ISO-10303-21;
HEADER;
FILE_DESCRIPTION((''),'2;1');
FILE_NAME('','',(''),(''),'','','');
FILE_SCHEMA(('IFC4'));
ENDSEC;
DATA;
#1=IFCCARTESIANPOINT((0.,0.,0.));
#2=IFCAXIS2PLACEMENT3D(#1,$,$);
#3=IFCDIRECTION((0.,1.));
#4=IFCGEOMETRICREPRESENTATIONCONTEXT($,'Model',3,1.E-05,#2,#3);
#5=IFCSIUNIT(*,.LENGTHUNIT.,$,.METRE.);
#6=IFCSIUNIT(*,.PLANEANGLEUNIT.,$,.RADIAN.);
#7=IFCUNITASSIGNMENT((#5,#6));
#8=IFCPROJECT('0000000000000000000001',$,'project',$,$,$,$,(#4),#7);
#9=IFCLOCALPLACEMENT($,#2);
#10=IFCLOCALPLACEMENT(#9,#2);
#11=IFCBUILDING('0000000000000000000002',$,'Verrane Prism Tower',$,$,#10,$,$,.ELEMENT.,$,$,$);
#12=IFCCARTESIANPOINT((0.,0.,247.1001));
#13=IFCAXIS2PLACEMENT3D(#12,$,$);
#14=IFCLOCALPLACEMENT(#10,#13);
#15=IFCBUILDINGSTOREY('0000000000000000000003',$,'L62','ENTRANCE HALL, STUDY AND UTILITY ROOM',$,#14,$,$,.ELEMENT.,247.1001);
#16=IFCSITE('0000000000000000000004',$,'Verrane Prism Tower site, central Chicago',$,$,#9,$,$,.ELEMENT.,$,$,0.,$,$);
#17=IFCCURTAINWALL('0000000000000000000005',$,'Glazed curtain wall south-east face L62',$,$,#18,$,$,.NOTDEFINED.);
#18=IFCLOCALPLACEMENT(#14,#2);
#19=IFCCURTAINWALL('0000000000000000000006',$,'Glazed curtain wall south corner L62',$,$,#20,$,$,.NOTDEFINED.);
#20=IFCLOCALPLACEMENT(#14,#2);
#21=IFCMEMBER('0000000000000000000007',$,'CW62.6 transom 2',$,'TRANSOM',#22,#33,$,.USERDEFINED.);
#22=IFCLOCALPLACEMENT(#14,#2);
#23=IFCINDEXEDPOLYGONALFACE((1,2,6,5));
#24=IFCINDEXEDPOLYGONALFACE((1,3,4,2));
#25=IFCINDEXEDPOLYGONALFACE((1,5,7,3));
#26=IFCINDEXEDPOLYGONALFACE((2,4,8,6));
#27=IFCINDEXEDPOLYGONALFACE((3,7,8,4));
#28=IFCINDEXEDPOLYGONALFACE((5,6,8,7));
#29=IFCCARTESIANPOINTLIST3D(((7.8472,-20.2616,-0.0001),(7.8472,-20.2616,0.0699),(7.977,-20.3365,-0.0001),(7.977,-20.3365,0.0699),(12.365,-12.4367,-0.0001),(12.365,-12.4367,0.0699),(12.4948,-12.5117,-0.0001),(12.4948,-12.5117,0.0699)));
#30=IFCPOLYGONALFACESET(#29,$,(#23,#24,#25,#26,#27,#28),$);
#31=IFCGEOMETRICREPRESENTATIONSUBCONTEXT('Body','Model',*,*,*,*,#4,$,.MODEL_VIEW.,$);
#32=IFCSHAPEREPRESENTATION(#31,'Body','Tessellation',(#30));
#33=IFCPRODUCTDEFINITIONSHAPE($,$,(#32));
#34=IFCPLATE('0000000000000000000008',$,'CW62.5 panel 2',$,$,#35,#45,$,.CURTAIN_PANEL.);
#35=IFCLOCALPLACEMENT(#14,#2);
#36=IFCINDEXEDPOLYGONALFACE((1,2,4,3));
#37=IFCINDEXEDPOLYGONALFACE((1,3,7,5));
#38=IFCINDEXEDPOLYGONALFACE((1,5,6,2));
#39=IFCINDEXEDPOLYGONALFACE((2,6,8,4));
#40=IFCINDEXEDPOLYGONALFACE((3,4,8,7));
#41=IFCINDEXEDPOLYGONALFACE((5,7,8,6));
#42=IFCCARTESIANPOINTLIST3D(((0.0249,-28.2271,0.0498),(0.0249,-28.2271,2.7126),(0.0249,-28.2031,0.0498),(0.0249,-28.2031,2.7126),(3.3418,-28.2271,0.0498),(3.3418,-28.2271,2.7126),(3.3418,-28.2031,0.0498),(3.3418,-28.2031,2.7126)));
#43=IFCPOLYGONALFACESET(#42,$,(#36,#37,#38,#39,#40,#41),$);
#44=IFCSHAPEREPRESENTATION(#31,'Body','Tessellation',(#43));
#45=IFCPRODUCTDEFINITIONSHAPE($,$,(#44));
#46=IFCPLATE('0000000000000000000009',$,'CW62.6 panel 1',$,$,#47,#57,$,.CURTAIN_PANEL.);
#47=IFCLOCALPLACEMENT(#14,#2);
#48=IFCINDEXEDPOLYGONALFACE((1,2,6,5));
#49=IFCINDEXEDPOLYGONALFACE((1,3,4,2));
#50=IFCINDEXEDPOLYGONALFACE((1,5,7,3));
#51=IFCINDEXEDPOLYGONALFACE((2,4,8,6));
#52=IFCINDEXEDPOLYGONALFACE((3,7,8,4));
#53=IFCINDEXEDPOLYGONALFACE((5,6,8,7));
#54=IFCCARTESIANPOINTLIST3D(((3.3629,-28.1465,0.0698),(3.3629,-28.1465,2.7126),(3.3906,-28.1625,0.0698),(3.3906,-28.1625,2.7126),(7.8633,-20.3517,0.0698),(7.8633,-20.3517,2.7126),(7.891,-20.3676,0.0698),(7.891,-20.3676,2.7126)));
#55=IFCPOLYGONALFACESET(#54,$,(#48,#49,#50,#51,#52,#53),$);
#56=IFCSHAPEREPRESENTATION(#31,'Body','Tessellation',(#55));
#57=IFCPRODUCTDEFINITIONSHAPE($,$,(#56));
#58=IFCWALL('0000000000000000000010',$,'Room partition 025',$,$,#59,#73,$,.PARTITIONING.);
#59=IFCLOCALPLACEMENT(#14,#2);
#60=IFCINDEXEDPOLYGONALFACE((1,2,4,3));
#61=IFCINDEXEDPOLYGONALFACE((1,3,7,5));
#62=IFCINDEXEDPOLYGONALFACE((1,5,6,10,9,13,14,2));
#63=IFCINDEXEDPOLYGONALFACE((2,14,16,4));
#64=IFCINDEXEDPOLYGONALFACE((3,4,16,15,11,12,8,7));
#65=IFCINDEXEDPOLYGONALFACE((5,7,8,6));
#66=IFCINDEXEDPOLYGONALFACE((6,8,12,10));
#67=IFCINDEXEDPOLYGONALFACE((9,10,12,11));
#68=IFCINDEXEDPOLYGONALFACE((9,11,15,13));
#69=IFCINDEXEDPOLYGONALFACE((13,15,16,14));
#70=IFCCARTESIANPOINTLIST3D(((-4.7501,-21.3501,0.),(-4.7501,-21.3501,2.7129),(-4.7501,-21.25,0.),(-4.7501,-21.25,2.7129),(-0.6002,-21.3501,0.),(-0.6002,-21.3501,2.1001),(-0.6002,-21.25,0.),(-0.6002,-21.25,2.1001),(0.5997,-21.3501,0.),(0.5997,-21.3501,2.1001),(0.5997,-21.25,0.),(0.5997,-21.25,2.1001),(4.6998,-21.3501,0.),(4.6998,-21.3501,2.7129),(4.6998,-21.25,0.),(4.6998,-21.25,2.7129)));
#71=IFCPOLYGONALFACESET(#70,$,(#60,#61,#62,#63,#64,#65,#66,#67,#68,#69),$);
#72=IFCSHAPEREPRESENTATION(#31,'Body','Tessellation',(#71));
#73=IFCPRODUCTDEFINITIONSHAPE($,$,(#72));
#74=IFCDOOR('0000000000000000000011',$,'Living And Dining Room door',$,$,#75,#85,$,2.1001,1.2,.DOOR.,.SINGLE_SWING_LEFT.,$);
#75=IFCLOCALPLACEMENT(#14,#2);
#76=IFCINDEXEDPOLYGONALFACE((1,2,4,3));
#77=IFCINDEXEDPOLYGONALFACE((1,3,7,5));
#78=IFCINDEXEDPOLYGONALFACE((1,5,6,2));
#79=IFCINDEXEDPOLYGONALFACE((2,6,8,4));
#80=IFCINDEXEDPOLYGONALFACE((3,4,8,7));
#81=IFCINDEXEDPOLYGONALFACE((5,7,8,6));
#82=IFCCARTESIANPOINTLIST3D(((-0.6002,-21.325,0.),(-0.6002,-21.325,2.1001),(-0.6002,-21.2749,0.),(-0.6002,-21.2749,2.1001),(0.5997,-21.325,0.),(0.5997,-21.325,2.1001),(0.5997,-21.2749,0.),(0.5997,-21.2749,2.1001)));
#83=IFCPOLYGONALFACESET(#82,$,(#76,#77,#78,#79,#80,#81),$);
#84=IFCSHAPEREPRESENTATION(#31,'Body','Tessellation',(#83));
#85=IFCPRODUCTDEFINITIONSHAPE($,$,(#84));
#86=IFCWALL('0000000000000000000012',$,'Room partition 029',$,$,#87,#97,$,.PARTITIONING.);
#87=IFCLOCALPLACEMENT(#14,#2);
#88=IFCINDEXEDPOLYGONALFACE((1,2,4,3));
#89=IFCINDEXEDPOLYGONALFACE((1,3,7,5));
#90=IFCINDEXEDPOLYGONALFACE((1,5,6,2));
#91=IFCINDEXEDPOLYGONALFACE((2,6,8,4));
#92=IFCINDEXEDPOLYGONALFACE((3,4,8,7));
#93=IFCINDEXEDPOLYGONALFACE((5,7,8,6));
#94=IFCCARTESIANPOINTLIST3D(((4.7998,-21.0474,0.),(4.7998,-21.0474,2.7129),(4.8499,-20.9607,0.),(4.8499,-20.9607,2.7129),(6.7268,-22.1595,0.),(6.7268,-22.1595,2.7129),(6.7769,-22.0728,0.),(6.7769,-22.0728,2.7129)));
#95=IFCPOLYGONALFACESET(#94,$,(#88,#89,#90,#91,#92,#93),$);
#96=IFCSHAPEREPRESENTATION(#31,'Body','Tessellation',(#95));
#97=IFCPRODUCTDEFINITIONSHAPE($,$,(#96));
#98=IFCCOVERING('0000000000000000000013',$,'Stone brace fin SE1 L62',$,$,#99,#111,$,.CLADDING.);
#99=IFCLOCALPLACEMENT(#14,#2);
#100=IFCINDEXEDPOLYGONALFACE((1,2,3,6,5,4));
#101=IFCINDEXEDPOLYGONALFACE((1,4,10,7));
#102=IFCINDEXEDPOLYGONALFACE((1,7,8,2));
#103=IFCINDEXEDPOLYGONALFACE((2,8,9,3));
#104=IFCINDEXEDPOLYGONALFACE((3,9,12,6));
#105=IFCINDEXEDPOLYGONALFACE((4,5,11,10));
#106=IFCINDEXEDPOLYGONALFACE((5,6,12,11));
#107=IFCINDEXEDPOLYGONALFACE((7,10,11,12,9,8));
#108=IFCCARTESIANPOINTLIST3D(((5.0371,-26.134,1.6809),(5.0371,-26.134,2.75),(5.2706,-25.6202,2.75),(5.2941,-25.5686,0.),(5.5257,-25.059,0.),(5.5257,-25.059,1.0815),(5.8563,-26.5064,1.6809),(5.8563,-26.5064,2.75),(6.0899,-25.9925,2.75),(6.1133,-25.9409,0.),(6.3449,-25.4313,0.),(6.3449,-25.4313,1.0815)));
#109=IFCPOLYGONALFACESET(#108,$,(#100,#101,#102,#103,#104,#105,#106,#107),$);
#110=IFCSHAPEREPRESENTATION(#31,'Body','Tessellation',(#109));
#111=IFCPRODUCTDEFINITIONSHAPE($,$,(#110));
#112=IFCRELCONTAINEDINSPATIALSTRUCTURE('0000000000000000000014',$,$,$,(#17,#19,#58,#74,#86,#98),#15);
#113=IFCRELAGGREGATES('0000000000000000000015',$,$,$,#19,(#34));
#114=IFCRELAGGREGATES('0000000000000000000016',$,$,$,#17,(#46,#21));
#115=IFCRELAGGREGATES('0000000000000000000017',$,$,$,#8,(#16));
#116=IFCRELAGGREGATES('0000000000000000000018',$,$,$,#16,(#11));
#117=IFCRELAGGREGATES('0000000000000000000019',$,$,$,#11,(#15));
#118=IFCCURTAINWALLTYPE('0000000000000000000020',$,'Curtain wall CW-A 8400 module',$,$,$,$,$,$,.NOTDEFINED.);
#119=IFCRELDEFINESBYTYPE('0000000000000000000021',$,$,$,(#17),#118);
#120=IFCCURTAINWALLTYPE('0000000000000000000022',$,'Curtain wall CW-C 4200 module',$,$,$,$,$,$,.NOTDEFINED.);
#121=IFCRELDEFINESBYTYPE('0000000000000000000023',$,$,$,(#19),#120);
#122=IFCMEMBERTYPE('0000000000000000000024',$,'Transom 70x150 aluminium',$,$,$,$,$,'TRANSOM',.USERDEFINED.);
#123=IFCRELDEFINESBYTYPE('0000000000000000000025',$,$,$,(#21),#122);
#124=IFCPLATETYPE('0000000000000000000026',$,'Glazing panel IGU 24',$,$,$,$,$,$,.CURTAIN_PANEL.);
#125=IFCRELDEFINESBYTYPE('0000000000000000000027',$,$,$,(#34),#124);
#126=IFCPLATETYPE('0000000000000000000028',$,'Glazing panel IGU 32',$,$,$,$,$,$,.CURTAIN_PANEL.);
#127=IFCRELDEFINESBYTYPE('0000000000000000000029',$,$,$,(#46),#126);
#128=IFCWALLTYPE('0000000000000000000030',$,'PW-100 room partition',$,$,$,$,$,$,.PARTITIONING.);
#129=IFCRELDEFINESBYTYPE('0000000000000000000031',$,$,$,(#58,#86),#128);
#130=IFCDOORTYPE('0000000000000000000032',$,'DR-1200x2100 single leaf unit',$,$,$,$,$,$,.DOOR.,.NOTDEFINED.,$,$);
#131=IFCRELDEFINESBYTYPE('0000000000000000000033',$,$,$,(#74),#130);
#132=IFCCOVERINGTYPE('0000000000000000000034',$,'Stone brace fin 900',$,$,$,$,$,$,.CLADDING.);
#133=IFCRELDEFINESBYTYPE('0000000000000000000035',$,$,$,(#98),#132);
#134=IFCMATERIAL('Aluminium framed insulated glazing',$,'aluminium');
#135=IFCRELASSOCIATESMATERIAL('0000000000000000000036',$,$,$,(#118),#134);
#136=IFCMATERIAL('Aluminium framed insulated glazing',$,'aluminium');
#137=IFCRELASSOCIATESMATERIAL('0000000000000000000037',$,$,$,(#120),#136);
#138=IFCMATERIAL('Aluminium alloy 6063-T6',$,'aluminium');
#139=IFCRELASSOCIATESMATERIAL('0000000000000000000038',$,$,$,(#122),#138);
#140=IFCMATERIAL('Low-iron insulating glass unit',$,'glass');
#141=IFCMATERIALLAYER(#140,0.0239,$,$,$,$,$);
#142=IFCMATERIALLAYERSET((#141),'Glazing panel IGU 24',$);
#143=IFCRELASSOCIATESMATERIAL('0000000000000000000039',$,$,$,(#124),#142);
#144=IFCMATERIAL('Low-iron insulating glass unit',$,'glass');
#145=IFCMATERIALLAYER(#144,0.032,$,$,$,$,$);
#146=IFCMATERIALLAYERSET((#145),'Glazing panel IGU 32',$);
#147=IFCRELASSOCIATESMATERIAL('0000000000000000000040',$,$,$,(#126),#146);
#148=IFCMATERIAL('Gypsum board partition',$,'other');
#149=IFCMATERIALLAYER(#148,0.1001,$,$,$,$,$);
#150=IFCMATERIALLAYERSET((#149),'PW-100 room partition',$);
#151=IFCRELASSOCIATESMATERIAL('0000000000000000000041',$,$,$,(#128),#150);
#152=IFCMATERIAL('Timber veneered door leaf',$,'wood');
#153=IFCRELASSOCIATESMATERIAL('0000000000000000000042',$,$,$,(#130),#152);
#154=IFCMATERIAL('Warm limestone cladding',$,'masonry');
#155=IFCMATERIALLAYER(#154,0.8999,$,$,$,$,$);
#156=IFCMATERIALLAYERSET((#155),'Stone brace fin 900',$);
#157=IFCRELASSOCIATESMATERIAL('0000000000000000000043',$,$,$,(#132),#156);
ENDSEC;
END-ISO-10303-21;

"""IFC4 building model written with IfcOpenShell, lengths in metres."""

from ifc_helpers import new_model, si_unit, direction, frame, frame_2d, origin, origin_2d, place, context, subcontext, project, spatial, polyline, rectangle, outline, extrude, material, layer, layer_set, material_profile, profile_set, type_object, element, fill, aggregate, save


model = new_model("IFC4")

# Units and contexts
model_context = context("Model", 3, precision=1e-05, world=origin(), true_north=direction((0.0, 1.0)))
body_context = subcontext(model_context, "Body", "Model", "MODEL_VIEW")
ifc_project = project(units=[si_unit("LENGTHUNIT", "METRE"), si_unit("PLANEANGLEUNIT", "RADIAN")], contexts=[model_context])

# Site, building, storey
site_placement = place(None, origin())
site = spatial("IfcSite", under=ifc_project, at=site_placement, Name="Verrane Prism Tower site, central Chicago", CompositionType="ELEMENT", RefElevation=0.0)
building_placement = place(site_placement, origin())
building = spatial("IfcBuilding", under=site, at=building_placement, Name="Verrane Prism Tower", CompositionType="ELEMENT")
storey_placement = place(building_placement, frame((0.0, 0.0, 247.1001)))
storey = spatial("IfcBuildingStorey", under=building, at=storey_placement, Name="L62", Description="ENTRANCE HALL, STUDY AND UTILITY ROOM", CompositionType="ELEMENT", Elevation=247.1001)

# Curtain wall
ifc_material_1 = material(Name="Aluminium framed insulated glazing", Category="aluminium")
curtain_wall_type_1 = type_object("IfcCurtainWallType", Name="Curtain wall CW-A 8400 module", PredefinedType="NOTDEFINED", material=ifc_material_1)
curtain_wall_1_placement = place(storey_placement, origin())
curtain_wall_1 = element("IfcCurtainWall", 1, at=curtain_wall_1_placement, inside=storey, type_object=curtain_wall_type_1, Name="Glazed curtain wall south-east face L62", PredefinedType="NOTDEFINED")

# Curtain wall
ifc_material_2 = material(Name="Aluminium framed insulated glazing", Category="aluminium")
curtain_wall_type_2 = type_object("IfcCurtainWallType", Name="Curtain wall CW-C 4200 module", PredefinedType="NOTDEFINED", material=ifc_material_2)
curtain_wall_2_placement = place(storey_placement, origin())
curtain_wall_2 = element("IfcCurtainWall", 2, at=curtain_wall_2_placement, inside=storey, type_object=curtain_wall_type_2, Name="Glazed curtain wall south corner L62", PredefinedType="NOTDEFINED")

# Member
ifc_material_3 = material(Name="Aluminium alloy 6063-T6", Category="aluminium")
ifc_material_profile_1 = material_profile(ifc_material_3, rectangle(XDim=0.1499, YDim=0.0701, at=origin_2d()), Name="Transom 70x150 aluminium")
ifc_profile_set_1 = profile_set([ifc_material_profile_1], Name="Aluminium alloy 6063-T6")
member_type_1 = type_object("IfcMemberType", Name="Transom 70x150 aluminium", ElementType="TRANSOM", PredefinedType="USERDEFINED", material=ifc_profile_set_1)
member_1_placement = place(storey_placement, frame((7.9121, -20.2991, 0.0349), z_axis=(0.500007, 0.866021, 0.0), x_axis=(-0.866021, 0.500007, 0.0)))
member_1 = element("IfcMember", 3, at=member_1_placement, type_object=member_type_1, Name="CW62.6 transom 2", ObjectType="TRANSOM", PredefinedType="USERDEFINED", context=body_context, shape_type="SweptSolid", body=[
    extrude(rectangle(XDim=0.1499, YDim=0.0701, at=origin_2d()), origin(), (0.0, 0.0, 1.0), 9.0354),
])

# Plates
ifc_material_4 = material(Name="Low-iron insulating glass unit", Category="glass")
ifc_layer_1 = layer(ifc_material_4, 0.0239)
ifc_layer_set_1 = layer_set([ifc_layer_1], Name="Glazing panel IGU 24")
plate_type_1 = type_object("IfcPlateType", Name="Glazing panel IGU 24", PredefinedType="CURTAIN_PANEL", material=ifc_layer_set_1)
plate_1_placement = place(storey_placement, frame((1.6833, -28.2151, 0.0498), z_axis=(0.0, 0.0, 1.0), x_axis=(1.0, 0.0, 0.0)))
plate_1 = element("IfcPlate", 4, at=plate_1_placement, type_object=plate_type_1, Name="CW62.5 panel 2", PredefinedType="CURTAIN_PANEL", context=body_context, shape_type="SweptSolid", body=[
    extrude(rectangle(XDim=3.3169, YDim=0.0239, at=origin_2d()), origin(), (0.0, 0.0, 1.0), 2.6628),
])
aggregate(curtain_wall_2, [plate_1])
ifc_material_5 = material(Name="Low-iron insulating glass unit", Category="glass")
ifc_layer_2 = layer(ifc_material_5, 0.032)
ifc_layer_set_2 = layer_set([ifc_layer_2], Name="Glazing panel IGU 32")
plate_type_2 = type_object("IfcPlateType", Name="Glazing panel IGU 32", PredefinedType="CURTAIN_PANEL", material=ifc_layer_set_2)
plate_2_placement = place(storey_placement, frame((5.627, -24.2571, 0.0698), z_axis=(0.0, 0.0, 1.0), x_axis=(0.5, 0.866026, 0.0)))
plate_2 = element("IfcPlate", 5, at=plate_2_placement, type_object=plate_type_2, Name="CW62.6 panel 1", PredefinedType="CURTAIN_PANEL", context=body_context, shape_type="SweptSolid", body=[
    extrude(rectangle(XDim=9.0007, YDim=0.032, at=origin_2d()), origin(), (0.0, 0.0, 1.0), 2.6428),
])
aggregate(curtain_wall_1, [plate_2, member_1])

# Wall, opening, door
ifc_material_6 = material(Name="Gypsum board partition", Category="other")
ifc_layer_3 = layer(ifc_material_6, 0.1001)
ifc_layer_set_3 = layer_set([ifc_layer_3], Name="PW-100 room partition")
wall_type = type_object("IfcWallType", Name="PW-100 room partition", PredefinedType="PARTITIONING", material=ifc_layer_set_3)
wall_1_placement = place(storey_placement, frame((4.7, -21.3, 0.0), z_axis=(0.0, 0.0, 1.0), x_axis=(-1.0, 0.0, 0.0)))
wall_1 = element("IfcWall", 6, at=wall_1_placement, inside=storey, type_object=wall_type, Name="Room partition 025", PredefinedType="PARTITIONING", context=body_context, shape_type="SweptSolid", body=[
    extrude(rectangle(XDim=9.45, YDim=0.1001, at=frame_2d((4.7251, 0.0))), origin(), (0.0, 0.0, 1.0), 2.7129),
])
opening_placement = place(wall_1_placement, frame((4.1001, 0.0, 0.0)))
opening = element("IfcOpeningElement", 7, at=opening_placement, cuts=wall_1, PredefinedType="OPENING", context=body_context, shape_type="SweptSolid", body=[
    extrude(rectangle(XDim=1.2, YDim=2.1001, at=frame_2d((0.6001, 1.05))), frame((0.0, 0.0601, 0.0), z_axis=(0.0, -1.0, 0.0), x_axis=(1.0, 0.0, 0.0)), (0.0, 0.0, 1.0), 0.1201),
])
ifc_material_7 = material(Name="Timber veneered door leaf", Category="wood")
door_type = type_object("IfcDoorType", Name="DR-1200x2100 single leaf unit", OperationType="NOTDEFINED", PredefinedType="DOOR", material=ifc_material_7)
door_placement = place(opening_placement, origin())
door = element("IfcDoor", 8, at=door_placement, inside=storey, type_object=door_type, Name="Living And Dining Room door", OperationType="SINGLE_SWING_LEFT", OverallHeight=2.1001, OverallWidth=1.2, PredefinedType="DOOR", context=body_context, shape_type="SweptSolid", body=[
    extrude(rectangle(XDim=1.2, YDim=2.1001, at=frame_2d((0.6001, 1.05))), frame((0.0, 0.0249, 0.0), z_axis=(0.0, -1.0, 0.0), x_axis=(1.0, 0.0, 0.0)), (0.0, 0.0, 1.0), 0.05),
])
fill(opening, door)

# Wall
wall_2_placement = place(storey_placement, frame((4.825, -21.0042, 0.0), z_axis=(0.0, 0.0, 1.0), x_axis=(0.866122, -0.499833, 0.0)))
element("IfcWall", 9, at=wall_2_placement, inside=storey, type_object=wall_type, Name="Room partition 029", PredefinedType="PARTITIONING", context=body_context, shape_type="SweptSolid", body=[
    extrude(rectangle(XDim=2.2249, YDim=0.1001, at=frame_2d((1.1123, 0.0))), origin(), (0.0, 0.0, 1.0), 2.7129),
])

# Covering
ifc_material_8 = material(Name="Warm limestone cladding", Category="masonry")
ifc_layer_4 = layer(ifc_material_8, 0.8999)
ifc_layer_set_4 = layer_set([ifc_layer_4], Name="Stone brace fin 900")
covering_type = type_object("IfcCoveringType", Name="Stone brace fin 900", PredefinedType="CLADDING", material=ifc_layer_set_4)
covering_placement = place(storey_placement, frame((5.9353, -25.2451, 0.0), z_axis=(0.0, 0.0, 1.0), x_axis=(-0.413741, -0.910395, 0.0)))
element("IfcCovering", 10, at=covering_placement, inside=storey, type_object=covering_type, Name="Stone brace fin SE1 L62", PredefinedType="CLADDING", context=body_context, shape_type="SweptSolid", body=[
    extrude(outline(polyline([(1.1809, 2.75), (0.6165, 2.75), (0.0, 1.0815), (0.0, 0.0), (0.5598, 0.0), (1.1809, 1.6809), (1.1809, 2.75)])), frame((0.0, 0.45, 0.0), z_axis=(0.0, -1.0, 0.0), x_axis=(1.0, 0.0, 0.0)), (0.0, 0.0, 1.0), 0.8999),
])

save(model, "model.ifc")
